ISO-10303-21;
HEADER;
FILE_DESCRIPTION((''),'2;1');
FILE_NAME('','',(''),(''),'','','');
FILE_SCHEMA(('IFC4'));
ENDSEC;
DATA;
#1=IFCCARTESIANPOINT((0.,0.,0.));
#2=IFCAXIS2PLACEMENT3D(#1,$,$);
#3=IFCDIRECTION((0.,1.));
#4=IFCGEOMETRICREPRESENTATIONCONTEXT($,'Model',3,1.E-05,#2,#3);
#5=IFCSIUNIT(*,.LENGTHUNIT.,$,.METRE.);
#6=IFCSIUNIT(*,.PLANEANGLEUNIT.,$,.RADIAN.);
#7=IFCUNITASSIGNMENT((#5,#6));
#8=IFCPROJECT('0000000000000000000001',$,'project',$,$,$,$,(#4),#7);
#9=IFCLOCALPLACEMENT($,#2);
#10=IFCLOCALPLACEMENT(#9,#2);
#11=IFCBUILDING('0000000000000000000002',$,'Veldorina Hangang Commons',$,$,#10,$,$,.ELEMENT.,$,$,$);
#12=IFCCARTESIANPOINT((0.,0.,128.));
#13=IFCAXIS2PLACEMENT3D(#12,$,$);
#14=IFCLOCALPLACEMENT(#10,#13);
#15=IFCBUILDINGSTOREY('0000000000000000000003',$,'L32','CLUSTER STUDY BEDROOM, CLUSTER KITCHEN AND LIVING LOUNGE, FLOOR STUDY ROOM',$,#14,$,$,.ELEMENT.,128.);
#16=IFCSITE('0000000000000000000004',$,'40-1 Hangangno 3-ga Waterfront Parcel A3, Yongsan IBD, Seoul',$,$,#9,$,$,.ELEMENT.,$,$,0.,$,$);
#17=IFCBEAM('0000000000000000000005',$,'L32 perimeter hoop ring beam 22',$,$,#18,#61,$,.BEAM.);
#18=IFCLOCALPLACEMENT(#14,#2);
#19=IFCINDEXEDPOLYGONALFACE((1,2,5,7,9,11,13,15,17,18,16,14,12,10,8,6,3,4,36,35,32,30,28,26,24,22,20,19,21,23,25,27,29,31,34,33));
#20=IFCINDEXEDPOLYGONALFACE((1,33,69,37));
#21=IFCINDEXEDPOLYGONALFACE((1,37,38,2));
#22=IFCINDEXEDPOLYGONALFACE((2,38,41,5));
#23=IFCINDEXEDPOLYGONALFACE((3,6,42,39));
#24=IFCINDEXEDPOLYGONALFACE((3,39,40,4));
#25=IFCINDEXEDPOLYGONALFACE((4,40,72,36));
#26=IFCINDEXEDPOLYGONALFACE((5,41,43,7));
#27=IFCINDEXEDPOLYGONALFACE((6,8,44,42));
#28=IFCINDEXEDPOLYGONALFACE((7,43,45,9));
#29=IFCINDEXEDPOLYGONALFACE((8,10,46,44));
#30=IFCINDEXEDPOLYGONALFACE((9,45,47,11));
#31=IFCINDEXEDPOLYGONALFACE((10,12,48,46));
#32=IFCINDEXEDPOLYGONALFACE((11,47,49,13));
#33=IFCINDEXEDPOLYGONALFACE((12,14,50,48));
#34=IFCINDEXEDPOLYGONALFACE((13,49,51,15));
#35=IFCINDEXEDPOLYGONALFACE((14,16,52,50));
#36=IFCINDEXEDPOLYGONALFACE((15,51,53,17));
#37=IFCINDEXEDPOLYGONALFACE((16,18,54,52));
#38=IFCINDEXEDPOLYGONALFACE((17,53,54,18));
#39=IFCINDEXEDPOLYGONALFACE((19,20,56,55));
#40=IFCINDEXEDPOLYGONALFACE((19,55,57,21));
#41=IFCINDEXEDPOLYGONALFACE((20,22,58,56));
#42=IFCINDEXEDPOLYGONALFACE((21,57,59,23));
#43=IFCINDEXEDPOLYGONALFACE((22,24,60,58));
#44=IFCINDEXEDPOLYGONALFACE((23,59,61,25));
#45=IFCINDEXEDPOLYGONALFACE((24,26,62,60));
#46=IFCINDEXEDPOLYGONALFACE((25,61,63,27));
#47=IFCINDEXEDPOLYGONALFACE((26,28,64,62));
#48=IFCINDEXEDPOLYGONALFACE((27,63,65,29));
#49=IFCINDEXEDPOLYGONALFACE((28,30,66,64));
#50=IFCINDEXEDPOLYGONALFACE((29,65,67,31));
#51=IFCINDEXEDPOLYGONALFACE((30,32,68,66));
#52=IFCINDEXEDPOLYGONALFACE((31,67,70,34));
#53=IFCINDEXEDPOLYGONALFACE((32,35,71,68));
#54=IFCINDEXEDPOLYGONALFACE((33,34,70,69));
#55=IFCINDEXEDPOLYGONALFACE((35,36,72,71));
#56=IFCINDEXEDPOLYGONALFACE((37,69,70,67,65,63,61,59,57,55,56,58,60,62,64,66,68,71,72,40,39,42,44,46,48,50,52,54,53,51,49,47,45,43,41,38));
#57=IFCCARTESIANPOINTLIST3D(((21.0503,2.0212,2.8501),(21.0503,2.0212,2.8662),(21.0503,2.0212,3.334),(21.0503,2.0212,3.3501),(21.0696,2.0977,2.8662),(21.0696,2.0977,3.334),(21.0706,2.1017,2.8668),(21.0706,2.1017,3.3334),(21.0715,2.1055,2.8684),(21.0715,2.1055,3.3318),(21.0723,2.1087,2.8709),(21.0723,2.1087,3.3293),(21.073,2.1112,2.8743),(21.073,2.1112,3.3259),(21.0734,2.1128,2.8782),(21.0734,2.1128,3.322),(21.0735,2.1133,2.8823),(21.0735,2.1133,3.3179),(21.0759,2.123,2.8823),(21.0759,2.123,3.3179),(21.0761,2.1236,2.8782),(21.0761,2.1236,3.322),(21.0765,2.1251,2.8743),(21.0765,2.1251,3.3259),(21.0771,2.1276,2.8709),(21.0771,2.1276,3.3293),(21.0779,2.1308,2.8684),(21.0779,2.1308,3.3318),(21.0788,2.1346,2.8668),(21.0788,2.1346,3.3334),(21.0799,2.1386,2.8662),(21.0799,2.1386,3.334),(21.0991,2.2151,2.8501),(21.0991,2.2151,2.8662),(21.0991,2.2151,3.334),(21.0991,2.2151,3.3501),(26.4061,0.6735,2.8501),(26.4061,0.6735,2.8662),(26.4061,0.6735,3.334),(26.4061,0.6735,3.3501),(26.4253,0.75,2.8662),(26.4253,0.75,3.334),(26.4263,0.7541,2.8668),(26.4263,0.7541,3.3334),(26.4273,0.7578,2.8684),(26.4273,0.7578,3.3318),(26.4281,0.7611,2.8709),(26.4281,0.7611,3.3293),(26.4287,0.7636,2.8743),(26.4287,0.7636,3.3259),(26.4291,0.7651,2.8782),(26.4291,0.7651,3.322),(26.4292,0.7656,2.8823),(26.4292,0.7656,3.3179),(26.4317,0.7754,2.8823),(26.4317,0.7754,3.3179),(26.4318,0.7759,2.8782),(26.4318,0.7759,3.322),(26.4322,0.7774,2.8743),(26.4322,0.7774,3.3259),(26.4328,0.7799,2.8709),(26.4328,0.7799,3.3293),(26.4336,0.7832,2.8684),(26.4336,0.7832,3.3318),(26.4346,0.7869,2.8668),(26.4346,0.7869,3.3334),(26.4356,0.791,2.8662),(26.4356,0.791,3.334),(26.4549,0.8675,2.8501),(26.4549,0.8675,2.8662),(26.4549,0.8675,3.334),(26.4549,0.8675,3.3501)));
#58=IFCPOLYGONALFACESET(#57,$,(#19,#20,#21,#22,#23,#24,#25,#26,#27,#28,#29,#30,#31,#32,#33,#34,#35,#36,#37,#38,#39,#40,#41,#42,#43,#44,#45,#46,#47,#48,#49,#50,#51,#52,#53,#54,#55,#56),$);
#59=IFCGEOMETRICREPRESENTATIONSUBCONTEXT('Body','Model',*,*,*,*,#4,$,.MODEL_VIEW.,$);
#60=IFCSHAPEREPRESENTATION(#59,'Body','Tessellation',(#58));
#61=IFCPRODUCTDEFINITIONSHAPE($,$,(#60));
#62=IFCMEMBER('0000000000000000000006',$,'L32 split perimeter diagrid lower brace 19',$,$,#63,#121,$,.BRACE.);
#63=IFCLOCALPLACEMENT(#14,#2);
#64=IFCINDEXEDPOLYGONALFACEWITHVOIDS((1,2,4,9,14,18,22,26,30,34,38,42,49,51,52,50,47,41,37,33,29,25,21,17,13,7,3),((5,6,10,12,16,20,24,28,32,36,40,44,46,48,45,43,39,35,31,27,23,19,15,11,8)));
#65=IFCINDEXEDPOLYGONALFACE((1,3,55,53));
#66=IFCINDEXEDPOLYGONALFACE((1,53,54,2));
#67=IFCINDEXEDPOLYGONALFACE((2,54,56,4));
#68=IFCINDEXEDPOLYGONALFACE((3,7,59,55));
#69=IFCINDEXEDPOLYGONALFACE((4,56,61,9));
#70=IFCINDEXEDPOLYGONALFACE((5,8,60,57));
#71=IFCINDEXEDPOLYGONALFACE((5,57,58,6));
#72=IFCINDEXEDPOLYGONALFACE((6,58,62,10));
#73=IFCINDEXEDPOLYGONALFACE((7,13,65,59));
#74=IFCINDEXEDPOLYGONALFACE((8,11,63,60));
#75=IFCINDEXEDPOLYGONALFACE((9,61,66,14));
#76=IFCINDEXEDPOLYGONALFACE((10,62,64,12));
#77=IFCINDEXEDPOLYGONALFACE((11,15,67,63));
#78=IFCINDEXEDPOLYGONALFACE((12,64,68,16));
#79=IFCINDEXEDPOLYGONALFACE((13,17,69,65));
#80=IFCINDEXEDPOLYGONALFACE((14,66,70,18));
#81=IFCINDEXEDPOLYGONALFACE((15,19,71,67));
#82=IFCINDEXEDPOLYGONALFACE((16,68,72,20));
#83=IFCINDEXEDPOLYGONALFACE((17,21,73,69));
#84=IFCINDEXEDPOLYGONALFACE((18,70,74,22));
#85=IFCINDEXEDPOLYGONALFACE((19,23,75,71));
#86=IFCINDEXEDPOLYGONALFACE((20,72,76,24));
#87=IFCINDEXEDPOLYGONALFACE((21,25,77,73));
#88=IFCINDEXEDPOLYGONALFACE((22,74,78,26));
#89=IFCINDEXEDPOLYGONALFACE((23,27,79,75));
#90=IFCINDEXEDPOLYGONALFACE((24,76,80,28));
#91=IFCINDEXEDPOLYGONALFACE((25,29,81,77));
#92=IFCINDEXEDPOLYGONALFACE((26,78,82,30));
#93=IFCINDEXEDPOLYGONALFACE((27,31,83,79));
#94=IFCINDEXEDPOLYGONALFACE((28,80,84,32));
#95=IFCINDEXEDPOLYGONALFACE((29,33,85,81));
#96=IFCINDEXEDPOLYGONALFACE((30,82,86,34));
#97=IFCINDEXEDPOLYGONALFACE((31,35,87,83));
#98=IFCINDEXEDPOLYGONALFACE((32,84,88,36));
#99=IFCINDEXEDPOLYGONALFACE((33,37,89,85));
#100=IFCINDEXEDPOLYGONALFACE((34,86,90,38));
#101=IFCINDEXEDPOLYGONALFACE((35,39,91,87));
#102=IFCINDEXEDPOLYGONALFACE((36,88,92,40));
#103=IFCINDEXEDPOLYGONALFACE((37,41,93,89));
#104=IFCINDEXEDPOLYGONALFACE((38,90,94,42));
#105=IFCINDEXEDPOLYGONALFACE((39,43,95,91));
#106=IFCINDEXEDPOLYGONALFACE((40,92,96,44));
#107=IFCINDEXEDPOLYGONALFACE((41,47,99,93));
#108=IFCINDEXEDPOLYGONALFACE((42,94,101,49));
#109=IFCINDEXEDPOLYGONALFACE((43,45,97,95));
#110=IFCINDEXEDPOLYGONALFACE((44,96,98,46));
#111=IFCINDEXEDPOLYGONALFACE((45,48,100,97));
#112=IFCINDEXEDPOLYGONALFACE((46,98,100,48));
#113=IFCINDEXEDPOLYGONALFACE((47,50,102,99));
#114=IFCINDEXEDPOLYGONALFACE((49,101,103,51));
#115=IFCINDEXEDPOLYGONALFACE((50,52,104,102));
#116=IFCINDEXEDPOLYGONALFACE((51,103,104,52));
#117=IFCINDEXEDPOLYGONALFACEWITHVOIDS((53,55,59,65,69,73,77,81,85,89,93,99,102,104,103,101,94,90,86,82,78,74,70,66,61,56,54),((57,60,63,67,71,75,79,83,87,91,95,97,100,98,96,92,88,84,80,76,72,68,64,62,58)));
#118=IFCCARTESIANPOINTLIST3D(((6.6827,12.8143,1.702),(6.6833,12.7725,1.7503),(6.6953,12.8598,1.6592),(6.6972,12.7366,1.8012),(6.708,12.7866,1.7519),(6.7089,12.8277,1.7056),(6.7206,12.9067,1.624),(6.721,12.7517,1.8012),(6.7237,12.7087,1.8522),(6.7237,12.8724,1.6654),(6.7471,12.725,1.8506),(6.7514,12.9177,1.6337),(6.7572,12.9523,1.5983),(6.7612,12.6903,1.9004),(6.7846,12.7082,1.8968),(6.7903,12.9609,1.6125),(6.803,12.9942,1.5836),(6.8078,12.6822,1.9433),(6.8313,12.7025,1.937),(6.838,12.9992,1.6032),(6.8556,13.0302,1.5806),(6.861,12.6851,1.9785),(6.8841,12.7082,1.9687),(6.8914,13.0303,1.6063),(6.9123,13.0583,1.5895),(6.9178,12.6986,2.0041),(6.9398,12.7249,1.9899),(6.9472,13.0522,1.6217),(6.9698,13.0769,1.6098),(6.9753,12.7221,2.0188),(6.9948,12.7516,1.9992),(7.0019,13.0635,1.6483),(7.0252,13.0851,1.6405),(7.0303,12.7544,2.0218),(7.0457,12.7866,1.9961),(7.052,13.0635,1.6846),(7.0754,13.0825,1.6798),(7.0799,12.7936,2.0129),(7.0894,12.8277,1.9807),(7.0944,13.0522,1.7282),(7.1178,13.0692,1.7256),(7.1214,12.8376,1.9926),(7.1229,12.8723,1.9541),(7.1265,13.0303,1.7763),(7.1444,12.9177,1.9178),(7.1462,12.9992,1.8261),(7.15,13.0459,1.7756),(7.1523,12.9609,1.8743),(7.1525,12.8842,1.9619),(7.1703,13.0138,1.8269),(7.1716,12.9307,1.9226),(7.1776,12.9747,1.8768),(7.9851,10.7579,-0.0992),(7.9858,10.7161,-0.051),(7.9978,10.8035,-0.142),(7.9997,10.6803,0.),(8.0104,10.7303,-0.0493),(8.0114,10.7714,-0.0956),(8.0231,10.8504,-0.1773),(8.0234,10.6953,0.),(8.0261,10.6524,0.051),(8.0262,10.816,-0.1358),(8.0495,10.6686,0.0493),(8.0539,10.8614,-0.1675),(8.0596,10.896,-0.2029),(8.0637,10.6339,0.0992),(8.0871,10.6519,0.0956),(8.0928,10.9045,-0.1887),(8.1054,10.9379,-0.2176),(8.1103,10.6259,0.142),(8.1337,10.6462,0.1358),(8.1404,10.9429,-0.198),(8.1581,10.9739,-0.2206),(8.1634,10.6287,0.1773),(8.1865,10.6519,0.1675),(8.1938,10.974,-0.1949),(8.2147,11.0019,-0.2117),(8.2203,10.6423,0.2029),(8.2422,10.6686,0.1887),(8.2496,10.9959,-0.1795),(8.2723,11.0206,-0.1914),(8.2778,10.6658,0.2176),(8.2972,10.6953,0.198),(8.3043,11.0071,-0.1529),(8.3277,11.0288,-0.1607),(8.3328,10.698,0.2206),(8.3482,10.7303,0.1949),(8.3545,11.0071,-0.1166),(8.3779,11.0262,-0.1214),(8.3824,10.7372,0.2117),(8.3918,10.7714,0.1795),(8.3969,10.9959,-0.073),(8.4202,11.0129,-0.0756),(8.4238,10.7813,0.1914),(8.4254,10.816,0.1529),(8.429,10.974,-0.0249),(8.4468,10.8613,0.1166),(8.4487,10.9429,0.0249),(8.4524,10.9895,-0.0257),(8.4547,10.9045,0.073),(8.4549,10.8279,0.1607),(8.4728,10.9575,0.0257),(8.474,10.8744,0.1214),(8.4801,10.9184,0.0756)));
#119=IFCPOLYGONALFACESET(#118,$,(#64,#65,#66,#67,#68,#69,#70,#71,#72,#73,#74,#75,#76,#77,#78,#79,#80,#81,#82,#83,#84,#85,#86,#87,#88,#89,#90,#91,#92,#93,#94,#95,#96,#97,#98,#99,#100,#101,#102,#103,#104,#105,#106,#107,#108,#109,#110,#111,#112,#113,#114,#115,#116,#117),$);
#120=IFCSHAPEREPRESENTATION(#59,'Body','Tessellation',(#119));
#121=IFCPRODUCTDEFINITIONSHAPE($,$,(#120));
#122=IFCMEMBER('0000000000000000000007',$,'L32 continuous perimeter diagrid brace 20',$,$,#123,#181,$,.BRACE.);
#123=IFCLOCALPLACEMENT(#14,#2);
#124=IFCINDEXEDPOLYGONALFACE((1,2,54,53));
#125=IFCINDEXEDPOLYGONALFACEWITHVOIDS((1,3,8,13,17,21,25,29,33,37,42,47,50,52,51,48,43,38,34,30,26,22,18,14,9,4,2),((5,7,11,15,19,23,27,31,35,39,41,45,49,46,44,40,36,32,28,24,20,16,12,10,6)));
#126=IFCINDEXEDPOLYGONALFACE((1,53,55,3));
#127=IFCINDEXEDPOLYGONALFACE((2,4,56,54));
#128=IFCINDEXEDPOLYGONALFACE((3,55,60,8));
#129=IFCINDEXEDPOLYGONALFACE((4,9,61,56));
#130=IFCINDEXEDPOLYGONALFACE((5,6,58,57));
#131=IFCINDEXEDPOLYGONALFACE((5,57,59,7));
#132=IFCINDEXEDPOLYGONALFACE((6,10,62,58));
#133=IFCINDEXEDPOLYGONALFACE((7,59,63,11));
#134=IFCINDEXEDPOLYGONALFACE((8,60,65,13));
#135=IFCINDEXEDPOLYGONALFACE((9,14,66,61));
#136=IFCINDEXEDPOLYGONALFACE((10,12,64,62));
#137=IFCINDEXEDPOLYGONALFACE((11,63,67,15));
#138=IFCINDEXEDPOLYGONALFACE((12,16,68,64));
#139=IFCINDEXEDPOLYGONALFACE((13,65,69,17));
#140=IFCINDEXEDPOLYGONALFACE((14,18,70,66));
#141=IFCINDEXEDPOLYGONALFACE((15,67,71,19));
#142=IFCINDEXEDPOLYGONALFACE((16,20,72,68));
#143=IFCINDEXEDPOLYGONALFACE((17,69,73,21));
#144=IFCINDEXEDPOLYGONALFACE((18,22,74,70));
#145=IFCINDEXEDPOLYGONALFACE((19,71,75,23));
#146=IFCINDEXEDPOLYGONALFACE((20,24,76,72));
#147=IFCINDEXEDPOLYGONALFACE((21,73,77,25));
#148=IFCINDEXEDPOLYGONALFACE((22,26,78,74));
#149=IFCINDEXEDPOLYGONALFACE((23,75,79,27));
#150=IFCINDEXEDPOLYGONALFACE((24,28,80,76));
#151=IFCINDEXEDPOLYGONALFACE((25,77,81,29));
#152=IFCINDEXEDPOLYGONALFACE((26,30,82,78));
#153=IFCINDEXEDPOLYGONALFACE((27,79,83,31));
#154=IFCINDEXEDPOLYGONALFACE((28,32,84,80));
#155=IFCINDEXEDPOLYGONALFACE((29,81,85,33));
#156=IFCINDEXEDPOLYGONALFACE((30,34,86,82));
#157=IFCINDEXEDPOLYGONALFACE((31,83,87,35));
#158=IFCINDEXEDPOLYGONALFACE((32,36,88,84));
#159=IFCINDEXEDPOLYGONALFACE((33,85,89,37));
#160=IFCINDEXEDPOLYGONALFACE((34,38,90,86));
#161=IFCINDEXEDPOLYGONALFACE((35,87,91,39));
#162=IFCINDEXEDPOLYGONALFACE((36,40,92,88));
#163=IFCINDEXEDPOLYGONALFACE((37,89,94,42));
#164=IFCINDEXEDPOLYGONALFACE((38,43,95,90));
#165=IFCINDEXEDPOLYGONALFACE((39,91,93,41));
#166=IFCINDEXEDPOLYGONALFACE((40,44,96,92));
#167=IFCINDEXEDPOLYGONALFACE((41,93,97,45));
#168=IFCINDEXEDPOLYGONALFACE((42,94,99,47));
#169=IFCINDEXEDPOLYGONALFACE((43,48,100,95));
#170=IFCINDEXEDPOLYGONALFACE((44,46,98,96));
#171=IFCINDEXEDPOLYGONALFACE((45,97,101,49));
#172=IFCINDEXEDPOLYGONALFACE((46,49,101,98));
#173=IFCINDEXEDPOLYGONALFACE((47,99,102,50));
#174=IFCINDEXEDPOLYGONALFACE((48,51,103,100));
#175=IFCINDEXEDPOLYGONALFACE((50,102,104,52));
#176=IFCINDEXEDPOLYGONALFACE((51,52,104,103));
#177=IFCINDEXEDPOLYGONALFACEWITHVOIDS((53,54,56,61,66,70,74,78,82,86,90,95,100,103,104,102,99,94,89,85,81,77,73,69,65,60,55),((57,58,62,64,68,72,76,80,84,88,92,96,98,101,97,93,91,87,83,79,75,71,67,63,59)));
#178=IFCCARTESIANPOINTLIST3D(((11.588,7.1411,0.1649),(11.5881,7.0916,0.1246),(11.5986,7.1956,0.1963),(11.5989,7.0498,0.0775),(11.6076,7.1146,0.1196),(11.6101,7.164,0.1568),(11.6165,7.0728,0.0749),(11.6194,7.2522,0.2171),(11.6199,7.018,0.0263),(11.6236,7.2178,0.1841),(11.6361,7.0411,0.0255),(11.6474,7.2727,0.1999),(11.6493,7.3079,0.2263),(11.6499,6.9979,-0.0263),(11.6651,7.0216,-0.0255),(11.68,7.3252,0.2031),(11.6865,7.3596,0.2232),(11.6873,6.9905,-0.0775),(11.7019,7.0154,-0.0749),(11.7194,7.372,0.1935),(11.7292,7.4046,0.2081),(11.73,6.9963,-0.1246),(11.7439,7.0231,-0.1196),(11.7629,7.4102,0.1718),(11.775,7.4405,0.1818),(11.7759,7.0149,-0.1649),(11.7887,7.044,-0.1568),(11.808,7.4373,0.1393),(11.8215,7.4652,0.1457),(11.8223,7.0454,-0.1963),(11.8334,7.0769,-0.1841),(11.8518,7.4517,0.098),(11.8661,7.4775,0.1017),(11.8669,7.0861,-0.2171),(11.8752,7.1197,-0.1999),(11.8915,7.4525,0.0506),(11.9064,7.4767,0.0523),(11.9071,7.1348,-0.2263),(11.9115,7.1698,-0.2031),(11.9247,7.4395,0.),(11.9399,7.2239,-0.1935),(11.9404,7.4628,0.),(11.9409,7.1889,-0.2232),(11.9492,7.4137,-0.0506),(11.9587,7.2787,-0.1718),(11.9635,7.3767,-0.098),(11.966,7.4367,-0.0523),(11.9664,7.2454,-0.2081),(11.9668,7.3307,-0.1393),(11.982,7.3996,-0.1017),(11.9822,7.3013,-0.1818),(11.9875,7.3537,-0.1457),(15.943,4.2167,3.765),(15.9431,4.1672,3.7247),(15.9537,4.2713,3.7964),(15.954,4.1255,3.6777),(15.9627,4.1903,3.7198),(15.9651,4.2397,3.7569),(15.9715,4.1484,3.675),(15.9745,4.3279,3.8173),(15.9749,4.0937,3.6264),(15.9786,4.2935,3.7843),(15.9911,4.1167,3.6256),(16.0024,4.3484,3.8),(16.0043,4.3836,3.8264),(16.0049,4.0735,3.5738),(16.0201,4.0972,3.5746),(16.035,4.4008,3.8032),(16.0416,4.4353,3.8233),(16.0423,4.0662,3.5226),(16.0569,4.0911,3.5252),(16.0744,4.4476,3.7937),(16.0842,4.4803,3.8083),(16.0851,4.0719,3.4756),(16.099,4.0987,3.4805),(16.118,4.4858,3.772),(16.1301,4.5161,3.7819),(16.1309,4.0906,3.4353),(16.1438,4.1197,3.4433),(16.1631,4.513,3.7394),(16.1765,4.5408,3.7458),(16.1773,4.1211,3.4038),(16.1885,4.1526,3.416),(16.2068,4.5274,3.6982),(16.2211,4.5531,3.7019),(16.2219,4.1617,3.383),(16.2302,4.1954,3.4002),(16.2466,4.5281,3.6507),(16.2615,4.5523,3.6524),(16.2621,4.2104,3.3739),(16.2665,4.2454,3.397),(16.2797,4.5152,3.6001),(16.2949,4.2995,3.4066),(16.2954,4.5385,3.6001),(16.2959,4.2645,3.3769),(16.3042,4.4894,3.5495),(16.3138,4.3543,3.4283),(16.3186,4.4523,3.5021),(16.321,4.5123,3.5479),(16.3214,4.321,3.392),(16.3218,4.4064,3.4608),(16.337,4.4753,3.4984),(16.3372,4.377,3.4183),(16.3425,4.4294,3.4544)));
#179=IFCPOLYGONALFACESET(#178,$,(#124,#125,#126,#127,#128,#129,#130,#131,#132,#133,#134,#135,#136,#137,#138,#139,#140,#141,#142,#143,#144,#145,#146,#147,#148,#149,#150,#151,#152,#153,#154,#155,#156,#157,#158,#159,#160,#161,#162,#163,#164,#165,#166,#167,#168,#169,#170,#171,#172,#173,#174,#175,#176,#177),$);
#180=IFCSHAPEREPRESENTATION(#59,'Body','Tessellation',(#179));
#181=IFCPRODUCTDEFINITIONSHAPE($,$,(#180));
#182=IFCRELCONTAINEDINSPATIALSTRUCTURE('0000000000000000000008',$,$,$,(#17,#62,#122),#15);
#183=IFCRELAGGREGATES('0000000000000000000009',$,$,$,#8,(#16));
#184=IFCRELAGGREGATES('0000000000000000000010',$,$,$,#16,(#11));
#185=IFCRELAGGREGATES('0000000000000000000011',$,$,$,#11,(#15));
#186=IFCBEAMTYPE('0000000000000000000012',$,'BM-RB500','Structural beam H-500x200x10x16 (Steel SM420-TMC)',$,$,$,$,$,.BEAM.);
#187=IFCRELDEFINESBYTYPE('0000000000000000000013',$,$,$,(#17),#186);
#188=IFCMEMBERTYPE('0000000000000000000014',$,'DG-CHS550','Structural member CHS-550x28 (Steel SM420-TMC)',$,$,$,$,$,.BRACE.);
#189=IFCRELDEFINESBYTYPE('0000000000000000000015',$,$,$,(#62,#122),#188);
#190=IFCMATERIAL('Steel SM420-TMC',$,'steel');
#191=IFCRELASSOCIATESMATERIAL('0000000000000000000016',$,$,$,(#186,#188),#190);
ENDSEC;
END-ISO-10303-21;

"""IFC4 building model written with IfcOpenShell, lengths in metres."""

from ifc_helpers import new_model, si_unit, direction, frame, origin, origin_2d, place, context, subcontext, project, spatial, hollow_circle, i_section, extrude, material, material_profile, profile_set, type_object, element, save


model = new_model("IFC4")

# Units and contexts
model_context = context("Model", 3, precision=1e-05, world=origin(), true_north=direction((0.0, 1.0)))
body_context = subcontext(model_context, "Body", "Model", "MODEL_VIEW")
ifc_project = project(units=[si_unit("LENGTHUNIT", "METRE"), si_unit("PLANEANGLEUNIT", "RADIAN")], contexts=[model_context])

# Site, building, storey
site_placement = place(None, origin())
site = spatial("IfcSite", under=ifc_project, at=site_placement, Name="40-1 Hangangno 3-ga Waterfront Parcel A3, Yongsan IBD, Seoul", CompositionType="ELEMENT", RefElevation=0.0)
building_placement = place(site_placement, origin())
building = spatial("IfcBuilding", under=site, at=building_placement, Name="Veldorina Hangang Commons", CompositionType="ELEMENT")
storey_placement = place(building_placement, frame((0.0, 0.0, 128.0)))
storey = spatial("IfcBuildingStorey", under=building, at=storey_placement, Name="L32", Description="CLUSTER STUDY BEDROOM, CLUSTER KITCHEN AND LIVING LOUNGE, FLOOR STUDY ROOM", CompositionType="ELEMENT", Elevation=128.0)

# Beam
ifc_material_1 = material(Name="Steel SM420-TMC", Category="steel")
ifc_material_profile_1 = material_profile(ifc_material_1, i_section(OverallWidth=0.2, OverallDepth=0.5, WebThickness=0.01, FlangeThickness=0.0161, FilletRadius=0.0161, at=origin_2d()), Name="H-500x200x10x16")
ifc_profile_set_1 = profile_set([ifc_material_profile_1], Name="Steel SM420-TMC")
beam_type_1 = type_object("IfcBeamType", Name="BM-RB500", Description="Structural beam H-500x200x10x16 (Steel SM420-TMC)", PredefinedType="BEAM", material=ifc_profile_set_1)
beam_1_placement = place(storey_placement, frame((21.0747, 2.1182, 3.1001), z_axis=(0.96977, -0.244023, 0.0), x_axis=(0.244023, 0.96977, 0.0)))
element("IfcBeam", 1, at=beam_1_placement, inside=storey, type_object=beam_type_1, Name="L32 perimeter hoop ring beam 22", PredefinedType="BEAM", context=body_context, shape_type="SweptSolid", body=[
    extrude(i_section(OverallWidth=0.2, OverallDepth=0.5, WebThickness=0.01, FlangeThickness=0.0161, FilletRadius=0.0161, at=origin_2d()), origin(), (0.0, 0.0, 1.0), 5.5227),
])

# Members
ifc_material_profile_2 = material_profile(ifc_material_1, hollow_circle(Radius=0.2749, WallThickness=0.0281, at=origin_2d()), Name="CHS-550x28")
ifc_profile_set_2 = profile_set([ifc_material_profile_2], Name="Steel SM420-TMC")
member_type = type_object("IfcMemberType", Name="DG-CHS550", Description="Structural member CHS-550x28 (Steel SM420-TMC)", PredefinedType="BRACE", material=ifc_profile_set_2)
member_1_placement = place(storey_placement, frame((8.2319, 10.8274, 0.0), z_axis=(-0.430124, 0.679089, 0.594837), x_axis=(-0.844799, -0.535083, 0.0)))
element("IfcMember", 2, at=member_1_placement, inside=storey, type_object=member_type, Name="L32 split perimeter diagrid lower brace 19", PredefinedType="BRACE", context=body_context, shape_type="SweptSolid", body=[
    extrude(hollow_circle(Radius=0.2749, WallThickness=0.0281, at=origin_2d()), origin(), (0.0, 0.0, 1.0), 3.0281),
])
member_2_placement = place(storey_placement, frame((11.7871, 7.2346, 0.0), z_axis=(0.684504, -0.459636, 0.565853), x_axis=(0.557468, 0.830198, 0.0)))
element("IfcMember", 3, at=member_2_placement, inside=storey, type_object=member_type, Name="L32 continuous perimeter diagrid brace 20", PredefinedType="BRACE", context=body_context, shape_type="SweptSolid", body=[
    extrude(hollow_circle(Radius=0.2749, WallThickness=0.0281, at=origin_2d()), origin(), (0.0, 0.0, 1.0), 6.3623),
])

save(model, "model.ifc")
